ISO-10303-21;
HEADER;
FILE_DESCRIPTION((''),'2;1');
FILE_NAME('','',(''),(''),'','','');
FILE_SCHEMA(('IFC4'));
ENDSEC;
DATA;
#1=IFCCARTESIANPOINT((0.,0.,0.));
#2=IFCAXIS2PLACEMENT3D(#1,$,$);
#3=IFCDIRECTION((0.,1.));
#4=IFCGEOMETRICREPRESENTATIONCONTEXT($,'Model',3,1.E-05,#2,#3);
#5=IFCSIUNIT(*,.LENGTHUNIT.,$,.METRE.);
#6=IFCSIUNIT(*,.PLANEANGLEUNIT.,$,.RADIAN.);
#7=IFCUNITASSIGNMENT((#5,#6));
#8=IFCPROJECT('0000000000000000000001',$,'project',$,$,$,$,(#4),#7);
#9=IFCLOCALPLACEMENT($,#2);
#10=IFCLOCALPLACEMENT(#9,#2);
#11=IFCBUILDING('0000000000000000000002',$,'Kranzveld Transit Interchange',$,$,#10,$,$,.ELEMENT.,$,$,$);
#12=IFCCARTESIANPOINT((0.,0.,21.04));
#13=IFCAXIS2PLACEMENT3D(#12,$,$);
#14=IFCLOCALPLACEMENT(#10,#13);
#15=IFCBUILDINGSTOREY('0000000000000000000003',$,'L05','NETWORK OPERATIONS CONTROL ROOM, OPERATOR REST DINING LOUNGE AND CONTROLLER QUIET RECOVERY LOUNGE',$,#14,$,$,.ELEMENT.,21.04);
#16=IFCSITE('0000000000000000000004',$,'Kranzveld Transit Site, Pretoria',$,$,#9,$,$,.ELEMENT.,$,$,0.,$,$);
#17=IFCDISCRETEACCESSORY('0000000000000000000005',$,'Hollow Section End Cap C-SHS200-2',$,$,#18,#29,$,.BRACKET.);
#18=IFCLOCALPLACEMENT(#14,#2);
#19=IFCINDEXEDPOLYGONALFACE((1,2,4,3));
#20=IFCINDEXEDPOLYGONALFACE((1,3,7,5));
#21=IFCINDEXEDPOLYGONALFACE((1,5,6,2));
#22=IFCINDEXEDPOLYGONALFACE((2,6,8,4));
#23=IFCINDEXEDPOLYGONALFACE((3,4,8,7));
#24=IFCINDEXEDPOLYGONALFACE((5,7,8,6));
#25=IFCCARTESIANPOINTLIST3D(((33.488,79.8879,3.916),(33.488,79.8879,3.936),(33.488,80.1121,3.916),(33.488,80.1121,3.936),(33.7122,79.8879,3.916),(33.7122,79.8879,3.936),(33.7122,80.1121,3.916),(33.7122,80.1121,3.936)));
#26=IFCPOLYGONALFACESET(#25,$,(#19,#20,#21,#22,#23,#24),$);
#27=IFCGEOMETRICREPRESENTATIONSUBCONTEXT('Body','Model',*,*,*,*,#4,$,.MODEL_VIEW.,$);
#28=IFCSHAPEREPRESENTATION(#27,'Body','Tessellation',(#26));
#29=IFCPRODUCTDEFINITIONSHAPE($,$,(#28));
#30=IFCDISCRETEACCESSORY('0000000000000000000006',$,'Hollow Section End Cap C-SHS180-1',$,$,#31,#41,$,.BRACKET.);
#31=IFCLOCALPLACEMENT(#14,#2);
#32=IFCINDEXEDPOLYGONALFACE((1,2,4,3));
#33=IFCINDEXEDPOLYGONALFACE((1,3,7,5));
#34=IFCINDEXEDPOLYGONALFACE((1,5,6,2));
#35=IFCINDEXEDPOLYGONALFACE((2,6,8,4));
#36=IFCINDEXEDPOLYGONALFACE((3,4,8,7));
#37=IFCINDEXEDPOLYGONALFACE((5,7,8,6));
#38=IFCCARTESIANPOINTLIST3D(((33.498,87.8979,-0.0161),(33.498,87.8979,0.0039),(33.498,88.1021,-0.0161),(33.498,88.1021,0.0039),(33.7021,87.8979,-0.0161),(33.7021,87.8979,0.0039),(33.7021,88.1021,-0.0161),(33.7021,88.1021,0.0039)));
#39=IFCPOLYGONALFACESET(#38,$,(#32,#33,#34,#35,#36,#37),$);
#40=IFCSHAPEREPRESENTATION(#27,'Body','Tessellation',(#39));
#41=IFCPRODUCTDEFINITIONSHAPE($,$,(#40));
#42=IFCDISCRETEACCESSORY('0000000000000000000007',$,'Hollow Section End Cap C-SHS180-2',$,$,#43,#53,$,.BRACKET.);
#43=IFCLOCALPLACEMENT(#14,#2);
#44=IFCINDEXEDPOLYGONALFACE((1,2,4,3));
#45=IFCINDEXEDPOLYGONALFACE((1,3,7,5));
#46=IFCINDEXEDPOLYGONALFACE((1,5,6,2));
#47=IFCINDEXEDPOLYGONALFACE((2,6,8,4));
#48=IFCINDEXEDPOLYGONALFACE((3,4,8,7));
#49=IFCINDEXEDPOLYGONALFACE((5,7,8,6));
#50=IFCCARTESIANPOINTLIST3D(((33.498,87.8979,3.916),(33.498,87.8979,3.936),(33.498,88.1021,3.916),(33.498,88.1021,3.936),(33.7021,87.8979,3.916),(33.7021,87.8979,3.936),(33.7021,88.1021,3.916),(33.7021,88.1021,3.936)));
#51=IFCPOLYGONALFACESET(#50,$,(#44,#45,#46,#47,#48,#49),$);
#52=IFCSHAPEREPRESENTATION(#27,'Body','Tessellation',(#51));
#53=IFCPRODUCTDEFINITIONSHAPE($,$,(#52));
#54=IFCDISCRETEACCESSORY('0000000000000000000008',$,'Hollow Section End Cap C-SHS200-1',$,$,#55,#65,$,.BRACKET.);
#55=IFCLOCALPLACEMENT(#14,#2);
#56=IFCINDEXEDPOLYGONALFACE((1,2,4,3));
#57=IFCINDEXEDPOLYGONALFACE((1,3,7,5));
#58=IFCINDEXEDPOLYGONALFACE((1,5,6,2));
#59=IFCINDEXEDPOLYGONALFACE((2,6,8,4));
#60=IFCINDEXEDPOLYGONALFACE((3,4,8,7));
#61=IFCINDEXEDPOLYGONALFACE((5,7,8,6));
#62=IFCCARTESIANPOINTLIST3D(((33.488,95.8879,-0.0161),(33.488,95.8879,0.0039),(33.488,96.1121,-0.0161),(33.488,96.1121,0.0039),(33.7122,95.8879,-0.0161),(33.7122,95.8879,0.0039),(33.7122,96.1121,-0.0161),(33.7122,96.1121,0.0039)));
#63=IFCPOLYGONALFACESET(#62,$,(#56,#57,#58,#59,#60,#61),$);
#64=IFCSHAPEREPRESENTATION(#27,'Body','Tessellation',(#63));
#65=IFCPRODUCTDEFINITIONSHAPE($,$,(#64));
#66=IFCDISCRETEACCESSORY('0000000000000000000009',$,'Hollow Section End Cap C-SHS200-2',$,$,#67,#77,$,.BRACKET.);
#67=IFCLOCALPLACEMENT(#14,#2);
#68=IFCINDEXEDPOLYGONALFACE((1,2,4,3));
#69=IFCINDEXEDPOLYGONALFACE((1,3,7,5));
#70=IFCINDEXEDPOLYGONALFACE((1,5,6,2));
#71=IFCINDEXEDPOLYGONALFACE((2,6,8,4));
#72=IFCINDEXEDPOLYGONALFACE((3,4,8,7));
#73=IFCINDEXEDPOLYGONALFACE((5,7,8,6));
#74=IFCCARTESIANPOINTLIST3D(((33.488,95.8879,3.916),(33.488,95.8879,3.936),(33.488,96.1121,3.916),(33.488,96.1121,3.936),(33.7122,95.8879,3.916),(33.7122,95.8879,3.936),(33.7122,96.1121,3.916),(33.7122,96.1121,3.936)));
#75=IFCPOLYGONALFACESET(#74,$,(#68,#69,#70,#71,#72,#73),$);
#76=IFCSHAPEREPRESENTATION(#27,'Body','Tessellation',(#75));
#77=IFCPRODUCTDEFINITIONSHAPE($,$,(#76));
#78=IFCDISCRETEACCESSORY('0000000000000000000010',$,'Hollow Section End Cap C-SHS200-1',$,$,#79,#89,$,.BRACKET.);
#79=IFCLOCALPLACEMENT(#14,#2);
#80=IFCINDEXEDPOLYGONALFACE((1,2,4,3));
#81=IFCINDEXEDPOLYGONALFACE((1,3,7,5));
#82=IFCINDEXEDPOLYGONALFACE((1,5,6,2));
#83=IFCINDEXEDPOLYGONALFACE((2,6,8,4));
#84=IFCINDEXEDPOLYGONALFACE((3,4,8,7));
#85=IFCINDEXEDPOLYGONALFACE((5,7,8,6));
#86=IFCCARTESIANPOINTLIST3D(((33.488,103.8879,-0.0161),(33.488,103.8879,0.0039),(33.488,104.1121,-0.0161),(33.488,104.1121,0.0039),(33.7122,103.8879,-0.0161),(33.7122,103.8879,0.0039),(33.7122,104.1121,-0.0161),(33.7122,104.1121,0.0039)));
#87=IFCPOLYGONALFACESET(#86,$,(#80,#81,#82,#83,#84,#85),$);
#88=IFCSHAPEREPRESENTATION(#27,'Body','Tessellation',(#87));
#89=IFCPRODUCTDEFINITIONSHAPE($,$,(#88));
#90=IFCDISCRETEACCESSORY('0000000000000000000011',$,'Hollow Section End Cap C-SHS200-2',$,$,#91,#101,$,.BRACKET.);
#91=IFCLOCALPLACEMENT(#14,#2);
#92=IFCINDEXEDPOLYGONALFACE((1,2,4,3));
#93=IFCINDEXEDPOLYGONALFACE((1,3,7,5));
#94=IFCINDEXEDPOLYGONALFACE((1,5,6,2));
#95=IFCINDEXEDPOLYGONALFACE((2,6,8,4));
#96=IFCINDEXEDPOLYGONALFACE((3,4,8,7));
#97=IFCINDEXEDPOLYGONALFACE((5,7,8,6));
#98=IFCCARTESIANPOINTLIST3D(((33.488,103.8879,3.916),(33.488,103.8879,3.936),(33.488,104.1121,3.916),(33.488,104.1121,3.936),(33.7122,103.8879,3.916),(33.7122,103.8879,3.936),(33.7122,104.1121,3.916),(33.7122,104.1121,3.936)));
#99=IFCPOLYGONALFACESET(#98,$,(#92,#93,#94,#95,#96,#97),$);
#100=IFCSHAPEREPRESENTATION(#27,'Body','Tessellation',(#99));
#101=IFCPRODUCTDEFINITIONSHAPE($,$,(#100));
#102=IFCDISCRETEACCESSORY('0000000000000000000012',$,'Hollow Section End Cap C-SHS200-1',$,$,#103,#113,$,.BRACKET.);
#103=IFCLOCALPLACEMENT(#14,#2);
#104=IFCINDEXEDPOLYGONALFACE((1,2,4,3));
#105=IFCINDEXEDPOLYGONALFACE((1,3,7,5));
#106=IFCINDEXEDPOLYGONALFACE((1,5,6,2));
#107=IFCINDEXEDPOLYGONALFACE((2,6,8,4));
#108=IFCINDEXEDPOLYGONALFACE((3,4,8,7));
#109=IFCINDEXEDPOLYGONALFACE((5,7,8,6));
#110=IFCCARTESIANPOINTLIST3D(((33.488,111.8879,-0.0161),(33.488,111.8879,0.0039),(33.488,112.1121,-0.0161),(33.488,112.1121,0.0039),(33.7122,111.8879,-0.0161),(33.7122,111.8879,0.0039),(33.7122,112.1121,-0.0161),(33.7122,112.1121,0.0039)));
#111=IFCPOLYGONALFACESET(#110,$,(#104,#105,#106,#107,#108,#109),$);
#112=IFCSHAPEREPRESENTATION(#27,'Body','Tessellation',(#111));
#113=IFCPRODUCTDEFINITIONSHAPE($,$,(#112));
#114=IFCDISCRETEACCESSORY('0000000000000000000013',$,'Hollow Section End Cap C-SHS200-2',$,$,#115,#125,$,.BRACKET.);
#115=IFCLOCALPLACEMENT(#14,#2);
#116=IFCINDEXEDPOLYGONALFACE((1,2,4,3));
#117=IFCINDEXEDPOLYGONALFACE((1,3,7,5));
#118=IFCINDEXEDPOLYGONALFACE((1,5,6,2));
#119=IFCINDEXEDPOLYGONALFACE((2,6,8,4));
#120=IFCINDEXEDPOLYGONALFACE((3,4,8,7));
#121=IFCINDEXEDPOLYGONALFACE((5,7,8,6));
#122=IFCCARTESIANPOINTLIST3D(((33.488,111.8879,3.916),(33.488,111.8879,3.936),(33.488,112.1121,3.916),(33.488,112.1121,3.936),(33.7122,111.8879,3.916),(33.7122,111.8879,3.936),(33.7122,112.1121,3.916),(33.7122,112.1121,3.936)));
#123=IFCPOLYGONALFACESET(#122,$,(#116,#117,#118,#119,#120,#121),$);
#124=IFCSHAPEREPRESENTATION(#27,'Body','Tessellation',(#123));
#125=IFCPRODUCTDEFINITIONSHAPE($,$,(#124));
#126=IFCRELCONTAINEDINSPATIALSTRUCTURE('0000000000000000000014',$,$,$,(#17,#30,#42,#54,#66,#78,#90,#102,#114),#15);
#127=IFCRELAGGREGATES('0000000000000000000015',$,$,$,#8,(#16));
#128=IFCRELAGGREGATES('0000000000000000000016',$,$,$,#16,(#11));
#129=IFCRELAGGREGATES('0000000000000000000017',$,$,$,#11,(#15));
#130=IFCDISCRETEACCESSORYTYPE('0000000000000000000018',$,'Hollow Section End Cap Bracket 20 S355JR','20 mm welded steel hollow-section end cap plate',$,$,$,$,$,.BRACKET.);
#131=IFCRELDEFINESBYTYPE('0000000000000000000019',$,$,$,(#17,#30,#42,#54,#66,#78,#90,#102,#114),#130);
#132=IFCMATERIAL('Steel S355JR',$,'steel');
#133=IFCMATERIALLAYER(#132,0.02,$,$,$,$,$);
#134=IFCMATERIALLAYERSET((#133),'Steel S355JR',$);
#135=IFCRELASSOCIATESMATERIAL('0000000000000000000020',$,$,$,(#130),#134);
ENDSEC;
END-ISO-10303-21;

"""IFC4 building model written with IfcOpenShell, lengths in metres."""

from ifc_helpers import new_model, si_unit, direction, frame, origin, origin_2d, place, context, subcontext, project, spatial, rectangle, extrude, material, layer, layer_set, type_object, element, save


model = new_model("IFC4")

# Units and contexts
model_context = context("Model", 3, precision=1e-05, world=origin(), true_north=direction((0.0, 1.0)))
body_context = subcontext(model_context, "Body", "Model", "MODEL_VIEW")
ifc_project = project(units=[si_unit("LENGTHUNIT", "METRE"), si_unit("PLANEANGLEUNIT", "RADIAN")], contexts=[model_context])

# Site, building, storey
site_placement = place(None, origin())
site = spatial("IfcSite", under=ifc_project, at=site_placement, Name="Kranzveld Transit Site, Pretoria", CompositionType="ELEMENT", RefElevation=0.0)
building_placement = place(site_placement, origin())
building = spatial("IfcBuilding", under=site, at=building_placement, Name="Kranzveld Transit Interchange", CompositionType="ELEMENT")
storey_placement = place(building_placement, frame((0.0, 0.0, 21.04)))
storey = spatial("IfcBuildingStorey", under=building, at=storey_placement, Name="L05", Description="NETWORK OPERATIONS CONTROL ROOM, OPERATOR REST DINING LOUNGE AND CONTROLLER QUIET RECOVERY LOUNGE", CompositionType="ELEMENT", Elevation=21.04)

# Discrete accessories
ifc_material_1 = material(Name="Steel S355JR", Category="steel")
ifc_layer_1 = layer(ifc_material_1, 0.02)
ifc_layer_set_1 = layer_set([ifc_layer_1], Name="Steel S355JR")
discrete_accessory_type = type_object("IfcDiscreteAccessoryType", Name="Hollow Section End Cap Bracket 20 S355JR", Description="20 mm welded steel hollow-section end cap plate", PredefinedType="BRACKET", material=ifc_layer_set_1)
for number, where, z_axis, x_axis, name in (
    (1, (33.6001, 80.0, 3.916), (0.0, 0.0, 1.0), (1.0, 0.0, 0.0), "Hollow Section End Cap C-SHS200-2"),
):
    element("IfcDiscreteAccessory", number, at=place(storey_placement, frame(where, z_axis=z_axis, x_axis=x_axis)), inside=storey, type_object=discrete_accessory_type, Name=name, PredefinedType="BRACKET", context=body_context, shape_type="SweptSolid", body=[
        extrude(rectangle(XDim=0.2241, YDim=0.2241, at=origin_2d()), origin(), (0.0, 0.0, 1.0), 0.02),
    ])
for number, where, z_axis, x_axis, name in (
    (2, (33.6001, 88.0, 0.0039), (0.0, 0.0, -1.0), (1.0, 0.0, 0.0), "Hollow Section End Cap C-SHS180-1"),
    (3, (33.6001, 88.0, 3.916), (0.0, 0.0, 1.0), (1.0, 0.0, 0.0), "Hollow Section End Cap C-SHS180-2"),
):
    element("IfcDiscreteAccessory", number, at=place(storey_placement, frame(where, z_axis=z_axis, x_axis=x_axis)), inside=storey, type_object=discrete_accessory_type, Name=name, PredefinedType="BRACKET", context=body_context, shape_type="SweptSolid", body=[
        extrude(rectangle(XDim=0.2041, YDim=0.2041, at=origin_2d()), origin(), (0.0, 0.0, 1.0), 0.02),
    ])
for number, where, z_axis, x_axis, name in (
    (4, (33.6001, 96.0, 0.0039), (0.0, 0.0, -1.0), (1.0, 0.0, 0.0), "Hollow Section End Cap C-SHS200-1"),
    (5, (33.6001, 96.0, 3.916), (0.0, 0.0, 1.0), (1.0, 0.0, 0.0), "Hollow Section End Cap C-SHS200-2"),
    (6, (33.6001, 104.0, 0.0039), (0.0, 0.0, -1.0), (1.0, 0.0, 0.0), "Hollow Section End Cap C-SHS200-1"),
    (7, (33.6001, 104.0, 3.916), (0.0, 0.0, 1.0), (1.0, 0.0, 0.0), "Hollow Section End Cap C-SHS200-2"),
    (8, (33.6001, 112.0, 0.0039), (0.0, 0.0, -1.0), (1.0, 0.0, 0.0), "Hollow Section End Cap C-SHS200-1"),
    (9, (33.6001, 112.0, 3.916), (0.0, 0.0, 1.0), (1.0, 0.0, 0.0), "Hollow Section End Cap C-SHS200-2"),
):
    element("IfcDiscreteAccessory", number, at=place(storey_placement, frame(where, z_axis=z_axis, x_axis=x_axis)), inside=storey, type_object=discrete_accessory_type, Name=name, PredefinedType="BRACKET", context=body_context, shape_type="SweptSolid", body=[
        extrude(rectangle(XDim=0.2241, YDim=0.2241, at=origin_2d()), origin(), (0.0, 0.0, 1.0), 0.02),
    ])

save(model, "model.ifc")
